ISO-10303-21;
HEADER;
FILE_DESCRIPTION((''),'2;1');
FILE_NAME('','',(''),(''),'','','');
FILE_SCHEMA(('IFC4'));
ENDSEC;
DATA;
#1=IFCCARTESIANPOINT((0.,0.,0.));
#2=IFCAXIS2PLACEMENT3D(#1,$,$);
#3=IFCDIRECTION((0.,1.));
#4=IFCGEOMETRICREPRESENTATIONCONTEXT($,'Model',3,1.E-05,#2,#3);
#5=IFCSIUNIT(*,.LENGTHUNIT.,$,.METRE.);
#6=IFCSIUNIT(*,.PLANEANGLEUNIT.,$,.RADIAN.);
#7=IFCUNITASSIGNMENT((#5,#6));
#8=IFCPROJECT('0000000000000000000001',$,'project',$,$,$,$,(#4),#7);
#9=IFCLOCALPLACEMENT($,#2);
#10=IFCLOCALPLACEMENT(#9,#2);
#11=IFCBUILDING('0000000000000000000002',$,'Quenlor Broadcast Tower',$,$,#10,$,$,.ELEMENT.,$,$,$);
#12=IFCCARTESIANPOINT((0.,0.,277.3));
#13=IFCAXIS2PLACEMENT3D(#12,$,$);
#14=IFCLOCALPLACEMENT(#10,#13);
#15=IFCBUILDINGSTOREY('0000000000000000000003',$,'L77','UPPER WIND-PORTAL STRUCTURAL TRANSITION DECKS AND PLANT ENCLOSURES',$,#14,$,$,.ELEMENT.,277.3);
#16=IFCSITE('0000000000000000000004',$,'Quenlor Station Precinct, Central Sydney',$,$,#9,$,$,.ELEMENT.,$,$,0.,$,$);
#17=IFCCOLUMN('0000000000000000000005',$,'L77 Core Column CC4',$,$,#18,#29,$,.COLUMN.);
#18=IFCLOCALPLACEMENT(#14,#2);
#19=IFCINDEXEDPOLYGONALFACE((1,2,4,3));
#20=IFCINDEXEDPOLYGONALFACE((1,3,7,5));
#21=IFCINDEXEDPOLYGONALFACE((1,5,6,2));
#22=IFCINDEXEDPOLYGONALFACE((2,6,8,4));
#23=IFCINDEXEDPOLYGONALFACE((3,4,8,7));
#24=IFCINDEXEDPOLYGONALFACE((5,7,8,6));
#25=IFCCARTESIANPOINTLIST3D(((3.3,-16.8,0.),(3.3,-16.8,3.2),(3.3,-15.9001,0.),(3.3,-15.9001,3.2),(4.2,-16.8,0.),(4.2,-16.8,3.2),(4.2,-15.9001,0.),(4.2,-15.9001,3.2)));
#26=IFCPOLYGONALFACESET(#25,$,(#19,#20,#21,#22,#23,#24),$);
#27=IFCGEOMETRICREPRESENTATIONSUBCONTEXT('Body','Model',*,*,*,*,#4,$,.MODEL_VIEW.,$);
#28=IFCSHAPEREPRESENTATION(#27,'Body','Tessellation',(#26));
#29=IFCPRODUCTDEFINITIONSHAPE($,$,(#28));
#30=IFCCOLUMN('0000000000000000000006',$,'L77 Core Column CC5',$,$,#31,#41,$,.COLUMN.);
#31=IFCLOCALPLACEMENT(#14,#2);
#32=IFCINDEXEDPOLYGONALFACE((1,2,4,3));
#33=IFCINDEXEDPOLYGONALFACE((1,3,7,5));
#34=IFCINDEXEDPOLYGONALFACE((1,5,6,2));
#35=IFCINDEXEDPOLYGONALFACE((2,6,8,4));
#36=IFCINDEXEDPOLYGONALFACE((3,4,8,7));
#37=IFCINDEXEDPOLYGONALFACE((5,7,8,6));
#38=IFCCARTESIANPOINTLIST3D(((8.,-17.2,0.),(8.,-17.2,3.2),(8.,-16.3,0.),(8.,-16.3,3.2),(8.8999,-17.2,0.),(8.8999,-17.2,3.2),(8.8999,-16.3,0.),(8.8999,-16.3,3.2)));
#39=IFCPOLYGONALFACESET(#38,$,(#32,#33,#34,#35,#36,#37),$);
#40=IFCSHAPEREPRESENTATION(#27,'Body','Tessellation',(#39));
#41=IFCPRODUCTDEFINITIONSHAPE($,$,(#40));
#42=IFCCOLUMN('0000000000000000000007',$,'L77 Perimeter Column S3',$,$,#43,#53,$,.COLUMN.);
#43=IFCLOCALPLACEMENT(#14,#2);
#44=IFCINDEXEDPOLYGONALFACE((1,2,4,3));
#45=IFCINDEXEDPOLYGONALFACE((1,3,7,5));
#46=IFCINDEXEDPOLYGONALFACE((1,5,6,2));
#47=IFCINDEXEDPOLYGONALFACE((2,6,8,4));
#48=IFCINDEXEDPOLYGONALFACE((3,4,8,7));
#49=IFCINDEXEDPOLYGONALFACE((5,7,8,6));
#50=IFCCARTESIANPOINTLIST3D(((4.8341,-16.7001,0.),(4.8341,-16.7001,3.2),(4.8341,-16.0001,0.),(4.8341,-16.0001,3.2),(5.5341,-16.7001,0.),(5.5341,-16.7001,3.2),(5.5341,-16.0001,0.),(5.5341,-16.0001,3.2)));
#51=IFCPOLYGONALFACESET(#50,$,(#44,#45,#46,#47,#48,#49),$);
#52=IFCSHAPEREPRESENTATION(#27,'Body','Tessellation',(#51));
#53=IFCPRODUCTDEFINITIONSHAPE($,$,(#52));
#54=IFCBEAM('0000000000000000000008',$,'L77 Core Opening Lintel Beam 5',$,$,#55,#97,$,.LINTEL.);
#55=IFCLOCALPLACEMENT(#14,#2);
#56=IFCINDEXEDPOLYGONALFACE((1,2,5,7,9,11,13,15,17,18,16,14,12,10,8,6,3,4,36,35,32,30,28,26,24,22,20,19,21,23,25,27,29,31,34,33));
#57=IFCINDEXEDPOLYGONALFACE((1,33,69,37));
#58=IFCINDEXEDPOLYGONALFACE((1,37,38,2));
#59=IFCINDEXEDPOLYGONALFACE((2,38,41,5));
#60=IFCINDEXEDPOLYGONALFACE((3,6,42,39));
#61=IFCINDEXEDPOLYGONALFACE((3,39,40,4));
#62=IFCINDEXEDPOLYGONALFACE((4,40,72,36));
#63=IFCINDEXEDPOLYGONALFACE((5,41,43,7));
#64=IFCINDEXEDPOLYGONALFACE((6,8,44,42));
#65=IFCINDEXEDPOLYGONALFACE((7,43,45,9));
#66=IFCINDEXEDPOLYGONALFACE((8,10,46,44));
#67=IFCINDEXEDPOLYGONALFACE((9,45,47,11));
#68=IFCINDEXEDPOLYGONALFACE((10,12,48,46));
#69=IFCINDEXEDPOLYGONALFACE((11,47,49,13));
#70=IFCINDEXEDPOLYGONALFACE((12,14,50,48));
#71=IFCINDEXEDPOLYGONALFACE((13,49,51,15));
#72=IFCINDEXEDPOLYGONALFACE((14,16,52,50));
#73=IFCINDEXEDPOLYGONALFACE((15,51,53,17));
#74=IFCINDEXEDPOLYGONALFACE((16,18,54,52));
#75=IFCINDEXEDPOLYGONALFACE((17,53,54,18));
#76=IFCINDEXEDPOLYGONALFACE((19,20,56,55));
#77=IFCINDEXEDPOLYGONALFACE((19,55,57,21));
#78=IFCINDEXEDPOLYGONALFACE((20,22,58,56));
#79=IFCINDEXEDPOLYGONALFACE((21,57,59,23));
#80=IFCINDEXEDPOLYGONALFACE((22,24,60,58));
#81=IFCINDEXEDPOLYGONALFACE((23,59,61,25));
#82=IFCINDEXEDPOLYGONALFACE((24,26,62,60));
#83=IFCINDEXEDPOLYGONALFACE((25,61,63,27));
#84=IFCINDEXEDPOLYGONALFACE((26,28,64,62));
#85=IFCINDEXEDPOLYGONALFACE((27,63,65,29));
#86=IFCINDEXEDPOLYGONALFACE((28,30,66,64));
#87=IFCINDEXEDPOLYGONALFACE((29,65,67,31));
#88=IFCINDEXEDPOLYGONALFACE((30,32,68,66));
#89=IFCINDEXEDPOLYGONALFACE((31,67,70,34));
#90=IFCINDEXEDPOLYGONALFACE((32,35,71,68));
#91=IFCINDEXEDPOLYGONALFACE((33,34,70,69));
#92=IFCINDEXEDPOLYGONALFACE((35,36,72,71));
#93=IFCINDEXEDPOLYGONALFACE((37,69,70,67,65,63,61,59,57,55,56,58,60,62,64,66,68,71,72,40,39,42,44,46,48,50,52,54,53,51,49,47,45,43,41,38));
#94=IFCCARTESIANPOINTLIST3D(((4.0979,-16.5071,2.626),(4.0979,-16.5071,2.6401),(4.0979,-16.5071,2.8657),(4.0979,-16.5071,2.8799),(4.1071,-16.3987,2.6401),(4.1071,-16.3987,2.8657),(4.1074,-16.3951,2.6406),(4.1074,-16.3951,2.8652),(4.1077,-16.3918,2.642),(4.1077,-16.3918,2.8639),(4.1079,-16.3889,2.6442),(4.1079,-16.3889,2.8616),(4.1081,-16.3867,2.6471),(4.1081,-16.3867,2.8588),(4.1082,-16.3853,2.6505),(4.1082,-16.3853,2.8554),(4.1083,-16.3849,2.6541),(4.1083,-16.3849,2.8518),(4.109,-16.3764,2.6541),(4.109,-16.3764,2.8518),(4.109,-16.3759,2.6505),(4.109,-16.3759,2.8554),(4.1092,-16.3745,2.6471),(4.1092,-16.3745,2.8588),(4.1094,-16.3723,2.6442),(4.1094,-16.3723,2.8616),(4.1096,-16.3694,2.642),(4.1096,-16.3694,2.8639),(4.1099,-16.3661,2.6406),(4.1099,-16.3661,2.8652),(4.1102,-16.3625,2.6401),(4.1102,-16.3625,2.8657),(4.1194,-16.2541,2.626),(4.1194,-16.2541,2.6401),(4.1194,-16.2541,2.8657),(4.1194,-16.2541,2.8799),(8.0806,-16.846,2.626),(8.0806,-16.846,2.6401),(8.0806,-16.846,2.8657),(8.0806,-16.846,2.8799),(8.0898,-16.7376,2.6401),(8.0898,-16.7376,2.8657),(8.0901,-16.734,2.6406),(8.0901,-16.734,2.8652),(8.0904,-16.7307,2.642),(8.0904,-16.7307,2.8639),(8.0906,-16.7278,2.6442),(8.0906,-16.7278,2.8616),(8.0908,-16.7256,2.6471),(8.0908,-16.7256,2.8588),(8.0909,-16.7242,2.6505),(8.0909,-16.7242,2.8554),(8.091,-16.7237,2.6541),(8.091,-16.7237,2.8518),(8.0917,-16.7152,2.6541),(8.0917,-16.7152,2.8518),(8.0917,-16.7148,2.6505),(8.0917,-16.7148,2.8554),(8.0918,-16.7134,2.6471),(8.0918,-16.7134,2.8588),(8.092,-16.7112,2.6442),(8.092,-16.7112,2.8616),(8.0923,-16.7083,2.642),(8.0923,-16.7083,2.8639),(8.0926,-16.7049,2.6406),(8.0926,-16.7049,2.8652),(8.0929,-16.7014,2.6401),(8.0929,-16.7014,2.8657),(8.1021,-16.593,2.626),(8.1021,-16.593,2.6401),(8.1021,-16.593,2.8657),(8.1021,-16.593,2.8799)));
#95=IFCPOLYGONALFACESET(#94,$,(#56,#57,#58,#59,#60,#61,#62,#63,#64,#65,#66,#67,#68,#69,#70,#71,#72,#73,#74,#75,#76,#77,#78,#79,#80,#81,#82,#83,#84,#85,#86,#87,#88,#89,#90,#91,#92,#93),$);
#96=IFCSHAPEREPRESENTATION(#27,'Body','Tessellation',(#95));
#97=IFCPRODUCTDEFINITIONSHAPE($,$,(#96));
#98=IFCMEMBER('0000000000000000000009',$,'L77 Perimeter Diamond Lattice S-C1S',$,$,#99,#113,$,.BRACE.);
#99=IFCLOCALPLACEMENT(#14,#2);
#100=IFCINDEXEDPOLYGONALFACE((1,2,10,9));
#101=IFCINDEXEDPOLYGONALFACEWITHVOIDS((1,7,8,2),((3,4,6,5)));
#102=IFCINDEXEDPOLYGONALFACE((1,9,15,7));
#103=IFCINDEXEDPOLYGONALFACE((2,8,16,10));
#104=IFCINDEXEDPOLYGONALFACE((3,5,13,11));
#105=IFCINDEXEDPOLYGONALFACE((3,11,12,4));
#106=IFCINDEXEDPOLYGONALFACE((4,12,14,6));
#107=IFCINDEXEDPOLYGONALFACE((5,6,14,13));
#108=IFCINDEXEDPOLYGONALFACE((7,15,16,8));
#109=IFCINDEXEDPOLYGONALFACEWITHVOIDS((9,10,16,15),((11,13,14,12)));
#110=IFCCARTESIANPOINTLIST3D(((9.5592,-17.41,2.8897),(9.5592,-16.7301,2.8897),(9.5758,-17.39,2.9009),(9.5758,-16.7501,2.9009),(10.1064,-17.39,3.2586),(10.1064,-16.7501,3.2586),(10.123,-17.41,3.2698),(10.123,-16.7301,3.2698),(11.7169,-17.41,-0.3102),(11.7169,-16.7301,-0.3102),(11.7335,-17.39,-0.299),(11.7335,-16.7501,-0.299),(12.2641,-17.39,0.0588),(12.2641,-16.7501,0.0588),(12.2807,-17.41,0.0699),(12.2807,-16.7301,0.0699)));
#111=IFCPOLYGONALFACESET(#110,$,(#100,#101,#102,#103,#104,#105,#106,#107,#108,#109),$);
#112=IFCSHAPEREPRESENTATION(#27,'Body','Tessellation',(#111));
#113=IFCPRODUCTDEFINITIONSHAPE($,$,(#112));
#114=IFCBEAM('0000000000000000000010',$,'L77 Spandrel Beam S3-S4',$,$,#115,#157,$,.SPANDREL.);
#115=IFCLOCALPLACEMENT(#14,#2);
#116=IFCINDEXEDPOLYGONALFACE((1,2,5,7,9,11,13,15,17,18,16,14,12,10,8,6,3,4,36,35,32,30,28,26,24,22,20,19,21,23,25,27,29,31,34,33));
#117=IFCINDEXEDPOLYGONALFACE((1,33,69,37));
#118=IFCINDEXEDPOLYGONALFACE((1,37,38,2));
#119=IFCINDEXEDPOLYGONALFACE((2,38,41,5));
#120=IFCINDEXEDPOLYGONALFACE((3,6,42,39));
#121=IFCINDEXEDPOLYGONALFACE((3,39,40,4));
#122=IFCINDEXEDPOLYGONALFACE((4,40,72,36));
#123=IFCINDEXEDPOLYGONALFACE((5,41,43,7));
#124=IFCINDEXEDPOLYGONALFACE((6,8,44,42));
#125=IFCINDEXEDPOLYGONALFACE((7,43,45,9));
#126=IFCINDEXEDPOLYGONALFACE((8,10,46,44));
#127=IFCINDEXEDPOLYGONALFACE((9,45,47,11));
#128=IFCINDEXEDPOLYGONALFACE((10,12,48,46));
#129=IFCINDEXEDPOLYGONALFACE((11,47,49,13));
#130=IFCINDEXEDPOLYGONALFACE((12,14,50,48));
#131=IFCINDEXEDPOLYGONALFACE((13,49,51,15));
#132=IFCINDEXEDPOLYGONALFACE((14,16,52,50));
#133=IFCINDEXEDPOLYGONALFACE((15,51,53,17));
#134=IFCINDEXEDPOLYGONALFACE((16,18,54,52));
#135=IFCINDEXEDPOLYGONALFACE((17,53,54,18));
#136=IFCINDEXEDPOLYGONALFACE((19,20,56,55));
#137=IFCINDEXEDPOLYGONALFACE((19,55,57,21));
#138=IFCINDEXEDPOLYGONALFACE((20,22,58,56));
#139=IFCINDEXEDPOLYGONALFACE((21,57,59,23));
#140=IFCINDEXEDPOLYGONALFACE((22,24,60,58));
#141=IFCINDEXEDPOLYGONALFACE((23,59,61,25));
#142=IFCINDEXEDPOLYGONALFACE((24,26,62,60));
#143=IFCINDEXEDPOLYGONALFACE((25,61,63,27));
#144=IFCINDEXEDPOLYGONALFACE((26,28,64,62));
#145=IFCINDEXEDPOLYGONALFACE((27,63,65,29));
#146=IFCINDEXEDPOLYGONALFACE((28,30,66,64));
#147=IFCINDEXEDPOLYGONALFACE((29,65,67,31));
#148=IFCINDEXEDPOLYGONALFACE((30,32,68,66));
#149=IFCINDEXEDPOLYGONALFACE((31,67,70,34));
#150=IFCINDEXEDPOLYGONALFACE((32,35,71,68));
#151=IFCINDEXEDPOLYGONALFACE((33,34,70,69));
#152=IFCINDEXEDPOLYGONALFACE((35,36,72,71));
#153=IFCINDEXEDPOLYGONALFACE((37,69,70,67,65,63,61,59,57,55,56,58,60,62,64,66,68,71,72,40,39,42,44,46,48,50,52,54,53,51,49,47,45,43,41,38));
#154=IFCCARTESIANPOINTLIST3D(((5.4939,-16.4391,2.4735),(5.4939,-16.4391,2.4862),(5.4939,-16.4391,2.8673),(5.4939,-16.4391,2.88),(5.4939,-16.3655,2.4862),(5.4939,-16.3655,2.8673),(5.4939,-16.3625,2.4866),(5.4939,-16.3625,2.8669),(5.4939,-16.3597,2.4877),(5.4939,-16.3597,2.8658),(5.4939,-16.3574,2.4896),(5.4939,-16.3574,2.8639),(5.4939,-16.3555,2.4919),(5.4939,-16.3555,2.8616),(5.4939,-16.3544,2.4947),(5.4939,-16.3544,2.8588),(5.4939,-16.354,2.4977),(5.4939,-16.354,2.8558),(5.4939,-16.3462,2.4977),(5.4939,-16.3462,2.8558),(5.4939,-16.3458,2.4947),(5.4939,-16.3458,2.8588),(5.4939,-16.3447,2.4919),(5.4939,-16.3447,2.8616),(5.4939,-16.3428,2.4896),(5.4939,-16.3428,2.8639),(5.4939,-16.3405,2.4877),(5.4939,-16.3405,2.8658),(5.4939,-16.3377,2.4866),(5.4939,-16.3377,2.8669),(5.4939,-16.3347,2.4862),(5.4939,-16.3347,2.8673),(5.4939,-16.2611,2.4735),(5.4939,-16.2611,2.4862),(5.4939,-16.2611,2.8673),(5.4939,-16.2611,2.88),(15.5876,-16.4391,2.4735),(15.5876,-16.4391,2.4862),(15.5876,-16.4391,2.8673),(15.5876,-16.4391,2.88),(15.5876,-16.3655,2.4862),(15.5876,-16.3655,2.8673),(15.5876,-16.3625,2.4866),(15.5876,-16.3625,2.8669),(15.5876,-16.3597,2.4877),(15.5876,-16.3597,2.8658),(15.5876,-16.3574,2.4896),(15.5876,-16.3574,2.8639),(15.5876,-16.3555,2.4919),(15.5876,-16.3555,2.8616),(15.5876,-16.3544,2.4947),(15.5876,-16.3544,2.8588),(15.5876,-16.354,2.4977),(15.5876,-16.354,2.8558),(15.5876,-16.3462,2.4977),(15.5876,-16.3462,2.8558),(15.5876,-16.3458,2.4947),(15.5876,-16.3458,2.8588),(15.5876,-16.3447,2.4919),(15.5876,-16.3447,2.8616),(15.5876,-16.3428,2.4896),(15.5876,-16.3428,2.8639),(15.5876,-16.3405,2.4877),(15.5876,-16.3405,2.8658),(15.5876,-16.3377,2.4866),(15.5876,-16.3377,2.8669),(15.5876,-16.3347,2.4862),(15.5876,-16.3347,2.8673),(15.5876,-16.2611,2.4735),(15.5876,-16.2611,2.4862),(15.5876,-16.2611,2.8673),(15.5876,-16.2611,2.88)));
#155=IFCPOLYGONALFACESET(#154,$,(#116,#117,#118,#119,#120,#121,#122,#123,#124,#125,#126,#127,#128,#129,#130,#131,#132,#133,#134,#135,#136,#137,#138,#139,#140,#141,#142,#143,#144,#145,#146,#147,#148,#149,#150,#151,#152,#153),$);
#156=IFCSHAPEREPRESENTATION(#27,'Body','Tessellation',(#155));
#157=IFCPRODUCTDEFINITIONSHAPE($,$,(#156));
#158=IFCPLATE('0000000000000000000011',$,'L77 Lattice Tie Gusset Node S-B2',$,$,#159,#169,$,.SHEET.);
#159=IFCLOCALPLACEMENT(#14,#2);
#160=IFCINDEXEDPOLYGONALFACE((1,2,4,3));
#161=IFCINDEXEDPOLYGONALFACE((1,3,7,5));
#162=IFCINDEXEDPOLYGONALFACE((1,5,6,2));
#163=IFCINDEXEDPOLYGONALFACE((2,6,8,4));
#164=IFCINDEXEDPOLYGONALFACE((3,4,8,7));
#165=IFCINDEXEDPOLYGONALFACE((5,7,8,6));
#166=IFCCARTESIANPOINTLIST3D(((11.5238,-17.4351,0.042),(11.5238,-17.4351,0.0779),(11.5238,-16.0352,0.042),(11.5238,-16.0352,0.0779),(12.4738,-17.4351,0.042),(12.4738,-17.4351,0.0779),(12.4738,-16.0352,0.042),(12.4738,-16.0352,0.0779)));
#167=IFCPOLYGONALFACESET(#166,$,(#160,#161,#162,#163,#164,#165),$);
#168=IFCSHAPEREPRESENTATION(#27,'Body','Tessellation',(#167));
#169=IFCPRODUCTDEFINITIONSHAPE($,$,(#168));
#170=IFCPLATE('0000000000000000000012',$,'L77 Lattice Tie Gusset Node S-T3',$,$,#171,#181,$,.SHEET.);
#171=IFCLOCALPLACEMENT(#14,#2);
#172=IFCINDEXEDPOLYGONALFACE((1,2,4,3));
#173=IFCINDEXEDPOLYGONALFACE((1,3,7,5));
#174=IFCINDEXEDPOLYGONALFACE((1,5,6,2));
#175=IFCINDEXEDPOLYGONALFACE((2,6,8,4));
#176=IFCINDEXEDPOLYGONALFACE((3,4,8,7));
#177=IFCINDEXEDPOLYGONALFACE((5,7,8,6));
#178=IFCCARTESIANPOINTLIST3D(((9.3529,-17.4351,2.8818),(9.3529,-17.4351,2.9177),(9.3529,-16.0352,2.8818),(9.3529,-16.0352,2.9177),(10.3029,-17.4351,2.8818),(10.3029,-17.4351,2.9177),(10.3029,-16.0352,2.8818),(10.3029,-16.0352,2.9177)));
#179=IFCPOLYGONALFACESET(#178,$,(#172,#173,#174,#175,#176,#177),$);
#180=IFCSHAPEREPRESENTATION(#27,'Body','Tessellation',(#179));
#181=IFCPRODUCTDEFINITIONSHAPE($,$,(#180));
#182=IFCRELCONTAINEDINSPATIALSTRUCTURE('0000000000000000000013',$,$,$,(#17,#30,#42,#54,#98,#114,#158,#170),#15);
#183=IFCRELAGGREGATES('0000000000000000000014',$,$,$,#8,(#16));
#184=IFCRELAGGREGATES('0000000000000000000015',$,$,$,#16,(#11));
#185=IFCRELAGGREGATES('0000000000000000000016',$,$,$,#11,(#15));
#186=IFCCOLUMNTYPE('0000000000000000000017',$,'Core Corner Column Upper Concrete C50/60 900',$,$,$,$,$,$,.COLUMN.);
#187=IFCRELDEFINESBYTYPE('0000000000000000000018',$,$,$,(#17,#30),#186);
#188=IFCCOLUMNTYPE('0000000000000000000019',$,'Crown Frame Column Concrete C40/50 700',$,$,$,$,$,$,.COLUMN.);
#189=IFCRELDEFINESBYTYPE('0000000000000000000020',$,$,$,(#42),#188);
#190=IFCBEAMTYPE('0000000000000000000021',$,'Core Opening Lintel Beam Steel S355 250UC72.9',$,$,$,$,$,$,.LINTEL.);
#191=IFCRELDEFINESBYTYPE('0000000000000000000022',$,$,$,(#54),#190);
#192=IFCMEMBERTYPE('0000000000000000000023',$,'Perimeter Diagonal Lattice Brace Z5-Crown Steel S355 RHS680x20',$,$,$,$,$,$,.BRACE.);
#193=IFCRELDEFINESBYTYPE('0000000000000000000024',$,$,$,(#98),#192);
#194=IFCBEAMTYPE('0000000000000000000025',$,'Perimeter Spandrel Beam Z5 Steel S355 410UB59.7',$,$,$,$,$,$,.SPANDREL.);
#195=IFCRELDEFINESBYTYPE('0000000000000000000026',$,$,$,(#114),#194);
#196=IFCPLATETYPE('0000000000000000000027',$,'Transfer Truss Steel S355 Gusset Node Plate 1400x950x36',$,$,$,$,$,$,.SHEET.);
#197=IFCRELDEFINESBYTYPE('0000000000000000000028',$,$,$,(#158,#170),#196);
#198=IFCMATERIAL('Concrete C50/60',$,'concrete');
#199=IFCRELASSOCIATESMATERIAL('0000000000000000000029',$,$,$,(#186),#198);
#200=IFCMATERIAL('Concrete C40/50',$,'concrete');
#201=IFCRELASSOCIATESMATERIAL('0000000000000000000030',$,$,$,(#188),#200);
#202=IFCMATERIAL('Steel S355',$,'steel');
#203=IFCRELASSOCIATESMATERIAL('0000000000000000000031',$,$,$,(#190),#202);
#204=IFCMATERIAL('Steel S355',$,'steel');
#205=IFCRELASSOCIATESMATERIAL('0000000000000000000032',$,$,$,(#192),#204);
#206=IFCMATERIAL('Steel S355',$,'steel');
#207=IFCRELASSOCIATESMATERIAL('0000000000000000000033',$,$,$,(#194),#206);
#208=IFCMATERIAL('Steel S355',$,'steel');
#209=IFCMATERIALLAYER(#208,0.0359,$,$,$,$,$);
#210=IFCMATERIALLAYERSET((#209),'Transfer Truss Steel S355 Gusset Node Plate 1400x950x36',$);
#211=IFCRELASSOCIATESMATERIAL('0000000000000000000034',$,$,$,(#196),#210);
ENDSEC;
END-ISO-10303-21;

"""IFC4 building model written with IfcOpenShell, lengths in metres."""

from ifc_helpers import new_model, si_unit, direction, frame, origin, origin_2d, place, context, subcontext, project, spatial, rectangle, hollow_rectangle, i_section, extrude, material, layer, layer_set, material_profile, profile_set, type_object, element, save


model = new_model("IFC4")

# Units and contexts
model_context = context("Model", 3, precision=1e-05, world=origin(), true_north=direction((0.0, 1.0)))
body_context = subcontext(model_context, "Body", "Model", "MODEL_VIEW")
ifc_project = project(units=[si_unit("LENGTHUNIT", "METRE"), si_unit("PLANEANGLEUNIT", "RADIAN")], contexts=[model_context])

# Site, building, storey
site_placement = place(None, origin())
site = spatial("IfcSite", under=ifc_project, at=site_placement, Name="Quenlor Station Precinct, Central Sydney", CompositionType="ELEMENT", RefElevation=0.0)
building_placement = place(site_placement, origin())
building = spatial("IfcBuilding", under=site, at=building_placement, Name="Quenlor Broadcast Tower", CompositionType="ELEMENT")
storey_placement = place(building_placement, frame((0.0, 0.0, 277.3)))
storey = spatial("IfcBuildingStorey", under=building, at=storey_placement, Name="L77", Description="UPPER WIND-PORTAL STRUCTURAL TRANSITION DECKS AND PLANT ENCLOSURES", CompositionType="ELEMENT", Elevation=277.3)

# Columns
ifc_material_1 = material(Name="Concrete C50/60", Category="concrete")
ifc_material_profile_1 = material_profile(ifc_material_1, rectangle(XDim=0.8999, YDim=0.8999, at=origin_2d()))
ifc_profile_set_1 = profile_set([ifc_material_profile_1], Name="Concrete C50/60 RC900x900")
column_type_1 = type_object("IfcColumnType", Name="Core Corner Column Upper Concrete C50/60 900", PredefinedType="COLUMN", material=ifc_profile_set_1)
for number, where, z_axis, x_axis, name in (
    (1, (3.75, -16.3501, 0.0), (0.0, 0.0, 1.0), (1.0, 0.0, 0.0), "L77 Core Column CC4"),
    (2, (8.45, -16.75, 0.0), (0.0, 0.0, 1.0), (1.0, 0.0, 0.0), "L77 Core Column CC5"),
):
    element("IfcColumn", number, at=place(storey_placement, frame(where, z_axis=z_axis, x_axis=x_axis)), inside=storey, type_object=column_type_1, Name=name, PredefinedType="COLUMN", context=body_context, shape_type="SweptSolid", body=[
        extrude(rectangle(XDim=0.8999, YDim=0.8999, at=origin_2d()), origin(), (0.0, 0.0, 1.0), 3.2),
    ])
ifc_material_2 = material(Name="Concrete C40/50", Category="concrete")
ifc_material_profile_2 = material_profile(ifc_material_2, rectangle(XDim=0.7, YDim=0.7, at=origin_2d()))
ifc_profile_set_2 = profile_set([ifc_material_profile_2], Name="Concrete C40/50 RC700x700")
column_type_2 = type_object("IfcColumnType", Name="Crown Frame Column Concrete C40/50 700", PredefinedType="COLUMN", material=ifc_profile_set_2)
column_placement = place(storey_placement, frame((5.1841, -16.3501, 0.0), z_axis=(0.0, 0.0, 1.0), x_axis=(0.0, 1.0, 0.0)))
element("IfcColumn", 3, at=column_placement, inside=storey, type_object=column_type_2, Name="L77 Perimeter Column S3", PredefinedType="COLUMN", context=body_context, shape_type="SweptSolid", body=[
    extrude(rectangle(XDim=0.7, YDim=0.7, at=origin_2d()), origin(), (0.0, 0.0, 1.0), 3.2),
])

# Beam
ifc_material_3 = material(Name="Steel S355", Category="steel")
ifc_material_profile_3 = material_profile(ifc_material_3, i_section(OverallWidth=0.2539, OverallDepth=0.2539, WebThickness=0.0085, FlangeThickness=0.0142, FilletRadius=0.0139, at=origin_2d()))
ifc_profile_set_3 = profile_set([ifc_material_profile_3], Name="Steel S355 250UC72.9")
beam_type_1 = type_object("IfcBeamType", Name="Core Opening Lintel Beam Steel S355 250UC72.9", PredefinedType="LINTEL", material=ifc_profile_set_3)
beam_1_placement = place(storey_placement, frame((4.1086, -16.3806, 2.7529), z_axis=(0.9964, -0.084779, 0.0), x_axis=(0.084779, 0.9964, 0.0)))
element("IfcBeam", 4, at=beam_1_placement, inside=storey, type_object=beam_type_1, Name="L77 Core Opening Lintel Beam 5", PredefinedType="LINTEL", context=body_context, shape_type="SweptSolid", body=[
    extrude(i_section(OverallWidth=0.2539, OverallDepth=0.2539, WebThickness=0.0085, FlangeThickness=0.0142, FilletRadius=0.0139, at=origin_2d()), origin(), (0.0, 0.0, 1.0), 3.9971),
])

# Member
ifc_material_4 = material(Name="Steel S355", Category="steel")
ifc_material_profile_4 = material_profile(ifc_material_4, hollow_rectangle(XDim=0.6799, YDim=0.6799, WallThickness=0.02, at=origin_2d()))
ifc_profile_set_4 = profile_set([ifc_material_profile_4], Name="Steel S355 RHS680x680x20")
member_type = type_object("IfcMemberType", Name="Perimeter Diagonal Lattice Brace Z5-Crown Steel S355 RHS680x20", PredefinedType="BRACE", material=ifc_profile_set_4)
member_placement = place(storey_placement, frame((11.9988, -17.0701, -0.1201), z_axis=(-0.559072, 0.0, 0.829119), x_axis=(0.0, -1.0, 0.0)))
element("IfcMember", 5, at=member_placement, inside=storey, type_object=member_type, Name="L77 Perimeter Diamond Lattice S-C1S", PredefinedType="BRACE", context=body_context, shape_type="SweptSolid", body=[
    extrude(hollow_rectangle(XDim=0.6799, YDim=0.6799, WallThickness=0.02, at=origin_2d()), origin(), (0.0, 0.0, 1.0), 3.8594),
])

# Beam
ifc_material_5 = material(Name="Steel S355", Category="steel")
ifc_material_profile_5 = material_profile(ifc_material_5, i_section(OverallWidth=0.178, OverallDepth=0.4065, WebThickness=0.0078, FlangeThickness=0.0127, FilletRadius=0.0115, at=origin_2d()))
ifc_profile_set_5 = profile_set([ifc_material_profile_5], Name="Steel S355 410UB59.7")
beam_type_2 = type_object("IfcBeamType", Name="Perimeter Spandrel Beam Z5 Steel S355 410UB59.7", PredefinedType="SPANDREL", material=ifc_profile_set_5)
beam_2_placement = place(storey_placement, frame((5.4939, -16.3501, 2.6768), z_axis=(1.0, 0.0, 0.0), x_axis=(0.0, 1.0, 0.0)))
element("IfcBeam", 6, at=beam_2_placement, inside=storey, type_object=beam_type_2, Name="L77 Spandrel Beam S3-S4", PredefinedType="SPANDREL", context=body_context, shape_type="SweptSolid", body=[
    extrude(i_section(OverallWidth=0.178, OverallDepth=0.4065, WebThickness=0.0078, FlangeThickness=0.0127, FilletRadius=0.0115, at=origin_2d()), origin(), (0.0, 0.0, 1.0), 10.0938),
])

# Plates
ifc_material_6 = material(Name="Steel S355", Category="steel")
ifc_layer_1 = layer(ifc_material_6, 0.0359)
ifc_layer_set_1 = layer_set([ifc_layer_1], Name="Transfer Truss Steel S355 Gusset Node Plate 1400x950x36")
plate_type = type_object("IfcPlateType", Name="Transfer Truss Steel S355 Gusset Node Plate 1400x950x36", PredefinedType="SHEET", material=ifc_layer_set_1)
for number, where, z_axis, x_axis, name in (
    (7, (11.9988, -16.7351, 0.042), (0.0, 0.0, 1.0), (0.0, -1.0, 0.0), "L77 Lattice Tie Gusset Node S-B2"),
    (8, (9.8279, -16.7351, 2.8818), (0.0, 0.0, 1.0), (0.0, -1.0, 0.0), "L77 Lattice Tie Gusset Node S-T3"),
):
    element("IfcPlate", number, at=place(storey_placement, frame(where, z_axis=z_axis, x_axis=x_axis)), inside=storey, type_object=plate_type, Name=name, PredefinedType="SHEET", context=body_context, shape_type="SweptSolid", body=[
        extrude(rectangle(XDim=1.3999, YDim=0.95, at=origin_2d()), origin(), (0.0, 0.0, 1.0), 0.0359),
    ])

save(model, "model.ifc")
